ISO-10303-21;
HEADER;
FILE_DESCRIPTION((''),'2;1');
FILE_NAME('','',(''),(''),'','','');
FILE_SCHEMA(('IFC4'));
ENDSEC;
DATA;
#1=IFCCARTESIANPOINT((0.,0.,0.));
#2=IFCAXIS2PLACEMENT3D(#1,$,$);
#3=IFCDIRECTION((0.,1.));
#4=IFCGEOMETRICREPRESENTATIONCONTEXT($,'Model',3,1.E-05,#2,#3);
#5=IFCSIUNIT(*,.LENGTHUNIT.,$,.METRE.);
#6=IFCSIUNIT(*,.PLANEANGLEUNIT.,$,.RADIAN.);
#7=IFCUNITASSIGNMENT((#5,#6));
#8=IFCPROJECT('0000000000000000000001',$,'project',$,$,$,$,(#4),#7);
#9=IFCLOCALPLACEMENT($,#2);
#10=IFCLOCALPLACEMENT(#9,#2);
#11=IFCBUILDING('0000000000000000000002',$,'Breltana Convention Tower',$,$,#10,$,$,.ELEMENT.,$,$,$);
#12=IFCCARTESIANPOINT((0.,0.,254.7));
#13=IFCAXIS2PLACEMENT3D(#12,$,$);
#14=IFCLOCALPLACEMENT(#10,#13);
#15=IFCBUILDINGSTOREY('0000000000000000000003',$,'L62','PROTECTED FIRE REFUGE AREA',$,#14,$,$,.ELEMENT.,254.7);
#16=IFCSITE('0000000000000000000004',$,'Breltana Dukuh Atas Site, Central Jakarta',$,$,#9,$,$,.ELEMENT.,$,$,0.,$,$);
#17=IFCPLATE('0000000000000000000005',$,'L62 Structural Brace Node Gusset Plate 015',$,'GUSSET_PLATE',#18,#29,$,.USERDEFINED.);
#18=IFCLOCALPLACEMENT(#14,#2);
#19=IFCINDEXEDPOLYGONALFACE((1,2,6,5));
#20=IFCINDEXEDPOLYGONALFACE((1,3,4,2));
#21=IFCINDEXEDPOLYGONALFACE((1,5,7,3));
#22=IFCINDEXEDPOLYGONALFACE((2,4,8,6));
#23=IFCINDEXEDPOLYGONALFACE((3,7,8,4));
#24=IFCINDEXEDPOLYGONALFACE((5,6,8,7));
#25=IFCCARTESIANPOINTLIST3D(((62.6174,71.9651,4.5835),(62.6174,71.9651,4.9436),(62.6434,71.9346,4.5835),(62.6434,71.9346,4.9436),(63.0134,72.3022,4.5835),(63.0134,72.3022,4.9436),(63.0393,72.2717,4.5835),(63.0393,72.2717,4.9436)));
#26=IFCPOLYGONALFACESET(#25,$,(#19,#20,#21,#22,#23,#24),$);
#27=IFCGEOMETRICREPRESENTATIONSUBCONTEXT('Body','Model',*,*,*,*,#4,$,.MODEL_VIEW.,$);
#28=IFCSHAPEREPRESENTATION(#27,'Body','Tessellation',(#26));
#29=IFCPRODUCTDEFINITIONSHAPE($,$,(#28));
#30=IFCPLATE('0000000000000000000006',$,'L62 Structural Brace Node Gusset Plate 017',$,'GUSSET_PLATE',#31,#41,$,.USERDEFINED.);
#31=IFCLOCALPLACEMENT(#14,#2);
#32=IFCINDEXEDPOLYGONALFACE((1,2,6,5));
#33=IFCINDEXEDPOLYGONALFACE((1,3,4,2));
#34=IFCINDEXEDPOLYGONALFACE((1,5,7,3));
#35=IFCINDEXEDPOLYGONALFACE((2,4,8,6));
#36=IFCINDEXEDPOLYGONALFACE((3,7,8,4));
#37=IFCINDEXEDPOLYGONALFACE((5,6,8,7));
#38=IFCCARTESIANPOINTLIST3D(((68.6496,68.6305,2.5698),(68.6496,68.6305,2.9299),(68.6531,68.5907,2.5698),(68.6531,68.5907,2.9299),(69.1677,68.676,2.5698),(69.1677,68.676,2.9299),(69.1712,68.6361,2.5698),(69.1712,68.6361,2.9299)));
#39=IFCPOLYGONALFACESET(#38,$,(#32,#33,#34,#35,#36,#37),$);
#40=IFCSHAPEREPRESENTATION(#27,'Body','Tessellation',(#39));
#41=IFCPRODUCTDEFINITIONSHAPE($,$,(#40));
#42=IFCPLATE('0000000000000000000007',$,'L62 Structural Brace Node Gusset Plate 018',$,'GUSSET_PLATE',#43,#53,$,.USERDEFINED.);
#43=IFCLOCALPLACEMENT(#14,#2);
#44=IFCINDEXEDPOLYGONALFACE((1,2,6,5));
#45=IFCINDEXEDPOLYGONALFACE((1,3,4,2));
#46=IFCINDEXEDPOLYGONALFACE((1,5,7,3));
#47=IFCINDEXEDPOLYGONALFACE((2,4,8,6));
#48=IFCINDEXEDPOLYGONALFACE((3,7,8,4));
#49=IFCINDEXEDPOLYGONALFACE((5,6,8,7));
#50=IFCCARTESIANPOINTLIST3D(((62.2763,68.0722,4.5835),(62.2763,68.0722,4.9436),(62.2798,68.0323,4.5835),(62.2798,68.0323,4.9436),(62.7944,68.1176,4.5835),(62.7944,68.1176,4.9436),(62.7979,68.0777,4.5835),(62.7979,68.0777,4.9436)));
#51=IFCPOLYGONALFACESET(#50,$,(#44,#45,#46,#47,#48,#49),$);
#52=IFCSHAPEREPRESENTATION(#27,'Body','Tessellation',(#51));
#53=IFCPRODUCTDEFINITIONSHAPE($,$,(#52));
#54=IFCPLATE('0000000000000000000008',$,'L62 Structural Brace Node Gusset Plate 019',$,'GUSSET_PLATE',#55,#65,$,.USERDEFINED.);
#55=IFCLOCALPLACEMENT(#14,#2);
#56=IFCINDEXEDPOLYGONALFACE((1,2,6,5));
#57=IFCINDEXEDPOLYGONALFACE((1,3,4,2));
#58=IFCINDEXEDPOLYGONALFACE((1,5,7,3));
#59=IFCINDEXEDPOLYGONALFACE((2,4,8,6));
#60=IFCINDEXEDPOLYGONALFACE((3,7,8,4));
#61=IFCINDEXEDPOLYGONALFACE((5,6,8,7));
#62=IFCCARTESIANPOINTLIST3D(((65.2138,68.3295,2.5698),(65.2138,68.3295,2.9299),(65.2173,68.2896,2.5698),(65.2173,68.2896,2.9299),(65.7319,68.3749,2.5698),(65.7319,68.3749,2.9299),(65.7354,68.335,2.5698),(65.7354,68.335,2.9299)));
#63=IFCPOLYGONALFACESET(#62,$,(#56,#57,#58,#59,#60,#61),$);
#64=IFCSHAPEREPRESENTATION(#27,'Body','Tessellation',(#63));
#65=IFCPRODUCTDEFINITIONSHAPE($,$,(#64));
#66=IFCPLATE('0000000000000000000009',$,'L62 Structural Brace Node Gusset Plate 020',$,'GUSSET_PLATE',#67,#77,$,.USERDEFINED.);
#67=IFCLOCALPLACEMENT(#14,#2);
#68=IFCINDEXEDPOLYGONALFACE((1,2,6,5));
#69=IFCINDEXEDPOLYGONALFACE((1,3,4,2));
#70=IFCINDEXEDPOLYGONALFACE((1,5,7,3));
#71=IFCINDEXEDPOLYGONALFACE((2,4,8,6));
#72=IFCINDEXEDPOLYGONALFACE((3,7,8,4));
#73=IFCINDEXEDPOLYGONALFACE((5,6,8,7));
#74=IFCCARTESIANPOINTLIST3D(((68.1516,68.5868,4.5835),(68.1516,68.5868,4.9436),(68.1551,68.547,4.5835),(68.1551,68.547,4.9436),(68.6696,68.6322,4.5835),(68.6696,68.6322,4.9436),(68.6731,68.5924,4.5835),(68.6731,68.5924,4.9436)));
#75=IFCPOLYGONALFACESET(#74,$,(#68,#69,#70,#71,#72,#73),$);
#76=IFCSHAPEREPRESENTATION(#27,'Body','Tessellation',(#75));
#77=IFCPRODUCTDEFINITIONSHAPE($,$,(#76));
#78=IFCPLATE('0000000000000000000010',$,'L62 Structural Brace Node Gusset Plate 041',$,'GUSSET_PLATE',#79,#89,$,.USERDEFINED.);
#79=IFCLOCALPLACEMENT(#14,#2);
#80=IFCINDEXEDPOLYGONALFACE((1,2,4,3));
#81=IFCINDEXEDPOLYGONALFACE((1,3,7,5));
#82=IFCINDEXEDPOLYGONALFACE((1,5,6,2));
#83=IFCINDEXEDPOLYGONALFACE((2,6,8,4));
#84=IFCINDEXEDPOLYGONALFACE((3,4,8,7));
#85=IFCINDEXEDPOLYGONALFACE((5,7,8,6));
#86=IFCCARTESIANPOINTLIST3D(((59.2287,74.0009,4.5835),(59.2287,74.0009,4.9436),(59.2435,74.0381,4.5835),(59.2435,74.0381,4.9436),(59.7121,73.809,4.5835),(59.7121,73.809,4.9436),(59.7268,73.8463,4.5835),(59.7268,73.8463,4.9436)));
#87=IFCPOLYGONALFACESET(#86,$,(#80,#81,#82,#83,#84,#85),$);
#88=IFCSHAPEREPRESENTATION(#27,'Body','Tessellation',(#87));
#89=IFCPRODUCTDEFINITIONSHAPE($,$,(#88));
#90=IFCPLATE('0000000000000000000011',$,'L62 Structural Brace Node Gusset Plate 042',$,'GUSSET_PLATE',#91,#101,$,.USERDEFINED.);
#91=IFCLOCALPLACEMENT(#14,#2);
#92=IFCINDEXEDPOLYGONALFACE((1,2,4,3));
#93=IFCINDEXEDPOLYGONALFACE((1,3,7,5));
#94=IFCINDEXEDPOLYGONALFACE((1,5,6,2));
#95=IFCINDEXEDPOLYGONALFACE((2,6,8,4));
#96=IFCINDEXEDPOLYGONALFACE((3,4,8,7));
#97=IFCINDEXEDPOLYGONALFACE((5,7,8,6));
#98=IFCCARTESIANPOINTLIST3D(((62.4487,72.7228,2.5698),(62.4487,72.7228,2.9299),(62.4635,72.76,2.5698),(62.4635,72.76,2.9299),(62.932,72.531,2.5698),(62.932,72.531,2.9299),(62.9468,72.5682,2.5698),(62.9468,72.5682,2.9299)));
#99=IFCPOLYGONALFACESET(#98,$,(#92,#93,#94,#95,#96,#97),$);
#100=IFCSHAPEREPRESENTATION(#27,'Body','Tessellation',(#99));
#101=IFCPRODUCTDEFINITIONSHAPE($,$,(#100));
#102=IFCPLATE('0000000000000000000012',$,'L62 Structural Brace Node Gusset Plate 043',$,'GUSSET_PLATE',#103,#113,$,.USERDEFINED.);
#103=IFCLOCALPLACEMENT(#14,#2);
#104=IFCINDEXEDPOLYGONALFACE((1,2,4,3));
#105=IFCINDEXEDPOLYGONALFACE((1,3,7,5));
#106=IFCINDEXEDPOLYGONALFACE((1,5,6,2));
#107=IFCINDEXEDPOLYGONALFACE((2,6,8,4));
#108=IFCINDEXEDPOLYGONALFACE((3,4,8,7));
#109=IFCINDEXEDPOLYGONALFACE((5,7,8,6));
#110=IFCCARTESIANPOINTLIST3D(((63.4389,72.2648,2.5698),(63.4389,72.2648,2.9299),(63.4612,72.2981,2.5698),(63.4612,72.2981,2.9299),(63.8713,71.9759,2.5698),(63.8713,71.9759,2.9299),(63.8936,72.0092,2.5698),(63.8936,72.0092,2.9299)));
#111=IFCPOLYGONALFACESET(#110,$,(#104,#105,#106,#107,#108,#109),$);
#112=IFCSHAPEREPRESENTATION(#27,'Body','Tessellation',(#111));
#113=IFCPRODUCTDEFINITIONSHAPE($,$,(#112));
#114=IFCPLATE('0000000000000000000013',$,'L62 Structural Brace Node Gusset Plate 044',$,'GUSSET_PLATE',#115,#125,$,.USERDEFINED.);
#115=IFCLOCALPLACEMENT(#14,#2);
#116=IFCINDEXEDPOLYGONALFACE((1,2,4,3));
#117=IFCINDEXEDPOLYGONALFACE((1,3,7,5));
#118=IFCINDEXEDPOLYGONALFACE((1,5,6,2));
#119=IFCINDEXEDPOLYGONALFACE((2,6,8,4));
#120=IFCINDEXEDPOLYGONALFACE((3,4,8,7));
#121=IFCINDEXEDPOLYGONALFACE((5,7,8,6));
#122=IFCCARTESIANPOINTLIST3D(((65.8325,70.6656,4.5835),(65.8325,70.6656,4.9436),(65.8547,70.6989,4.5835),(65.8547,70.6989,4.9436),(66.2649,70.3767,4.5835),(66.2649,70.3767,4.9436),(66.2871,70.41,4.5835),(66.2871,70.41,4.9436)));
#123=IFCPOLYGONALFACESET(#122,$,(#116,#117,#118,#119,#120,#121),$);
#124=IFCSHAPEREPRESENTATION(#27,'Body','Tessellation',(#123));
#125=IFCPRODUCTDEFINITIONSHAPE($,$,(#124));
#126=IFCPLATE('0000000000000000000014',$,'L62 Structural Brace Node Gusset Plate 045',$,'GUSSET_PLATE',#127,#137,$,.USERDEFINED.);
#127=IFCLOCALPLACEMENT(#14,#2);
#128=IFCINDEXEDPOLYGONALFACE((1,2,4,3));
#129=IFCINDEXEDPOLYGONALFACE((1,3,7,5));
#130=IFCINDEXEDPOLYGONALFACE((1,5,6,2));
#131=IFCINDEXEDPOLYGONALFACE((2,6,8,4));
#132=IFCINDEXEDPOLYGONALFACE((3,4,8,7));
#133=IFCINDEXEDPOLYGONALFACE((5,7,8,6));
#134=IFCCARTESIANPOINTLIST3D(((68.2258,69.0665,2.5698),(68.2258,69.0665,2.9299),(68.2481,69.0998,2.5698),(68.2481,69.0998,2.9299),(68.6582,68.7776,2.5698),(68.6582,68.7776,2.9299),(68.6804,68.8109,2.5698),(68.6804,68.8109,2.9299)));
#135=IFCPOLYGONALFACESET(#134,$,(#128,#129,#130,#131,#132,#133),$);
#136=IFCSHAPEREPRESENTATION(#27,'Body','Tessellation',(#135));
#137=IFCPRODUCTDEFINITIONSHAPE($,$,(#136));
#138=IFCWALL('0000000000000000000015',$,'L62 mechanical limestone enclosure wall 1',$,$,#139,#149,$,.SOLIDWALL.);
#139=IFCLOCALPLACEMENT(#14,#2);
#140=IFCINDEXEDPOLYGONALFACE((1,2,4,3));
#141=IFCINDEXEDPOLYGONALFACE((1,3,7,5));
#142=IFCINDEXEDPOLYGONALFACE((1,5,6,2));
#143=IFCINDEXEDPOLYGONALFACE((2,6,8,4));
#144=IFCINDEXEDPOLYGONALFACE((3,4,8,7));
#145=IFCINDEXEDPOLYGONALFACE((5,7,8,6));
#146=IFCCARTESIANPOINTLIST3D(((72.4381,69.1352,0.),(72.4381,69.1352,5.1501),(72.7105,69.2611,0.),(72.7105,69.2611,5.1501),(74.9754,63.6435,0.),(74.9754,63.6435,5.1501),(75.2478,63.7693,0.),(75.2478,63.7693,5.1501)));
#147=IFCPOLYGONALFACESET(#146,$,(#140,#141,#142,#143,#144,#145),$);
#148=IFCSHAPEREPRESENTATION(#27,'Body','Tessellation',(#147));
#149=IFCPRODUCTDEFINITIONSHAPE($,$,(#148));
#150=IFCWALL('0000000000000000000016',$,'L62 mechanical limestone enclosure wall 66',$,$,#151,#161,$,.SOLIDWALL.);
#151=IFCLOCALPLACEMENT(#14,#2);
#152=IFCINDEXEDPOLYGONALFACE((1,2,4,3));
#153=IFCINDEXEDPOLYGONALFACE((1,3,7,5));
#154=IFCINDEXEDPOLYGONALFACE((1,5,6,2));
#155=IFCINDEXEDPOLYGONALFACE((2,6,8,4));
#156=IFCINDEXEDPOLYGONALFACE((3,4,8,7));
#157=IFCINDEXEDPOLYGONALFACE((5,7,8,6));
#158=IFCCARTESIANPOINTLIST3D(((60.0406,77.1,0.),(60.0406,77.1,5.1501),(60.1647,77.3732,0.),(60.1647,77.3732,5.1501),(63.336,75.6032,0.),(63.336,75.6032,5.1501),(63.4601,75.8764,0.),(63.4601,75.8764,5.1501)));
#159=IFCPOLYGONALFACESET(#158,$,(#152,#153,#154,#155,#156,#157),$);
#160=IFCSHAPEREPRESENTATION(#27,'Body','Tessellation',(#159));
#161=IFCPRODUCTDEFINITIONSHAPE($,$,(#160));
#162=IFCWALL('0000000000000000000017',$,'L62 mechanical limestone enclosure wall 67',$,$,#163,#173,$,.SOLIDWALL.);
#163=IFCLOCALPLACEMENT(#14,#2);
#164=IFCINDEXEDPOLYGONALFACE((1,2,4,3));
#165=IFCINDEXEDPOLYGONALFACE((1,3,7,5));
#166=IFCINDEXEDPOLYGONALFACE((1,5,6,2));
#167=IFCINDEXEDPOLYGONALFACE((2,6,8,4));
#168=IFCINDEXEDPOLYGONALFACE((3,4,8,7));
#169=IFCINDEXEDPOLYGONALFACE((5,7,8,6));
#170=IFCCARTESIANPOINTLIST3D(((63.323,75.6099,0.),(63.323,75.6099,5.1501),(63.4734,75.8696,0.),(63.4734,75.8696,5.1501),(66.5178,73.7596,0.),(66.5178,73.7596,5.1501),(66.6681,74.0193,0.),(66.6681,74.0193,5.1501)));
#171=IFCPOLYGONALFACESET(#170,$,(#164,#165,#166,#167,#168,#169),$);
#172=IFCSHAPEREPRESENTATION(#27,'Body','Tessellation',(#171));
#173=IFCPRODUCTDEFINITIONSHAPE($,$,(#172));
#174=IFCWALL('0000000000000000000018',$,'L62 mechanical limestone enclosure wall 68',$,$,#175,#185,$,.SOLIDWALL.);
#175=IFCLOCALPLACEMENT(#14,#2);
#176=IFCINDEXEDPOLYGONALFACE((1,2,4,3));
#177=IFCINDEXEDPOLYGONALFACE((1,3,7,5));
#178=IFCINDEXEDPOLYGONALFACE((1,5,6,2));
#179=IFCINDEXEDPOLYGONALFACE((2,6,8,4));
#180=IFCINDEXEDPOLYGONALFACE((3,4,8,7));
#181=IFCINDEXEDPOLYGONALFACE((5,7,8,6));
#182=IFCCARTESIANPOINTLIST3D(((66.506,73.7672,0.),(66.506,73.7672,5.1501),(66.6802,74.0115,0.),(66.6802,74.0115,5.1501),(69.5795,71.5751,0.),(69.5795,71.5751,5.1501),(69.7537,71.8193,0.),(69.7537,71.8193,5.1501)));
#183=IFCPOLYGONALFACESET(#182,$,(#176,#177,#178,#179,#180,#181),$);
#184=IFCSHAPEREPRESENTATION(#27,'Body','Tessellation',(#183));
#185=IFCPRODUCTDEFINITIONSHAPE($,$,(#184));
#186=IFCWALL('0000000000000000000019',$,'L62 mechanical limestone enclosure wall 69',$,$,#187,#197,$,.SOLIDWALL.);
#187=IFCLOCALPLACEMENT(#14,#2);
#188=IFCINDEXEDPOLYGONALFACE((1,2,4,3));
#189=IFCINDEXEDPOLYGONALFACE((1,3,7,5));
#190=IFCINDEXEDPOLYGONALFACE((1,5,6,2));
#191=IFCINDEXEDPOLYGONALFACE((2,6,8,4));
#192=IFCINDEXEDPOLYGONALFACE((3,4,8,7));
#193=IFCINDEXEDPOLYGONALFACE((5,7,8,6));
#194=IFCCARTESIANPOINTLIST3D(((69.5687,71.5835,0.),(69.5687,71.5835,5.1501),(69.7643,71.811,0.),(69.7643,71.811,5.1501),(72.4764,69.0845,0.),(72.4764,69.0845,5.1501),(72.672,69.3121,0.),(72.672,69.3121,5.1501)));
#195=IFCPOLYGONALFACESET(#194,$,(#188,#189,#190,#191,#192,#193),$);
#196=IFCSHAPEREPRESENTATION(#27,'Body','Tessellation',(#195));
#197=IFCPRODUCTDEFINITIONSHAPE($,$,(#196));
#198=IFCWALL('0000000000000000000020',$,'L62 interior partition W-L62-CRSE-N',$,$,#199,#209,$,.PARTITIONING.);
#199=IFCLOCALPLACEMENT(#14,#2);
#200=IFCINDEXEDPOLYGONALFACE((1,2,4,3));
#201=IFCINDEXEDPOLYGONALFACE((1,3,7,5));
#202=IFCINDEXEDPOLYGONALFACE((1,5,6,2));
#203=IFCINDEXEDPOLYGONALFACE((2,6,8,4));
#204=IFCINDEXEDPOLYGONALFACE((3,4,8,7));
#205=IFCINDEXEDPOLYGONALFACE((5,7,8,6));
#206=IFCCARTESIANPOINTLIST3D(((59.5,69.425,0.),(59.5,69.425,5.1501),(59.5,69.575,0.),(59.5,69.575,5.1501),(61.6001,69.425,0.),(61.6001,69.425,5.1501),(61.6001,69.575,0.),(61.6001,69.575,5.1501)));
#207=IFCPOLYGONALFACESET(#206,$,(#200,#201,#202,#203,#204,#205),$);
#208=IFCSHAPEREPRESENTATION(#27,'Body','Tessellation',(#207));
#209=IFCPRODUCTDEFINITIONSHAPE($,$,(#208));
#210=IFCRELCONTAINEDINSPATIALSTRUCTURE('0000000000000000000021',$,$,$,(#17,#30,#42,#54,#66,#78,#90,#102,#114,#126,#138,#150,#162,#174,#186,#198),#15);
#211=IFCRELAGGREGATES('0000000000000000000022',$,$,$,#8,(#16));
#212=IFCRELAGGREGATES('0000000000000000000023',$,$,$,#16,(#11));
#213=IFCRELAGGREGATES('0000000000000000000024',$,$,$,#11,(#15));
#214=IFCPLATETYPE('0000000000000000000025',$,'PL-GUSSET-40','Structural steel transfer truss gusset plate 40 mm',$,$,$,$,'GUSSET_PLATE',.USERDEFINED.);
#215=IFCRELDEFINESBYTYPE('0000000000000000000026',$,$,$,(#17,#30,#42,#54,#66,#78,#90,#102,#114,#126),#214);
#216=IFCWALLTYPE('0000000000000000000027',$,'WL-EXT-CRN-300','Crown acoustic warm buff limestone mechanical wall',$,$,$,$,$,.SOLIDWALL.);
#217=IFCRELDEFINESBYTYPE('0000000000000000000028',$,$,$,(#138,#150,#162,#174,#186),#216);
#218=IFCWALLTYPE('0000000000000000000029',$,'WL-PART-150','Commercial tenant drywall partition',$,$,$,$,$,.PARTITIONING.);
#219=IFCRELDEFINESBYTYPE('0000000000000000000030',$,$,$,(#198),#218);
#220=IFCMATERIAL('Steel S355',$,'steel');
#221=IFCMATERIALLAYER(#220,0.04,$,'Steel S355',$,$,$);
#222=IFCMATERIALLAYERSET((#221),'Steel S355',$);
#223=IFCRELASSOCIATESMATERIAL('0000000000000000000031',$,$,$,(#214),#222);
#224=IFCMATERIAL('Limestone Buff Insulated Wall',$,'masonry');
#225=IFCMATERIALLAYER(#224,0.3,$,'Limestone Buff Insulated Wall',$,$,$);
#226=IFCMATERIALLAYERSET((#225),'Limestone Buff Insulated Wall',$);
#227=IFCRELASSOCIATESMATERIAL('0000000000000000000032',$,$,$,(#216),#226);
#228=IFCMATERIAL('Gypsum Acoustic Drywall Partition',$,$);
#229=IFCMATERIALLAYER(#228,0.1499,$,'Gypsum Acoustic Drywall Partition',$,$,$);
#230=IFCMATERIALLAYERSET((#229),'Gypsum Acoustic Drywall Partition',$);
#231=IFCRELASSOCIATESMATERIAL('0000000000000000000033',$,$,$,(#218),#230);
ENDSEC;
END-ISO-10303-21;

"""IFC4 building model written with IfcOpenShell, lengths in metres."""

from ifc_helpers import new_model, si_unit, direction, frame, frame_2d, origin, origin_2d, place, context, subcontext, project, spatial, rectangle, extrude, source, transform, mapped, material, layer, layer_set, type_object, element, save


model = new_model("IFC4")

# Units and contexts
model_context = context("Model", 3, precision=1e-05, world=origin(), true_north=direction((0.0, 1.0)))
body_context = subcontext(model_context, "Body", "Model", "MODEL_VIEW")
ifc_project = project(units=[si_unit("LENGTHUNIT", "METRE"), si_unit("PLANEANGLEUNIT", "RADIAN")], contexts=[model_context])

# Site, building, storey
site_placement = place(None, origin())
site = spatial("IfcSite", under=ifc_project, at=site_placement, Name="Breltana Dukuh Atas Site, Central Jakarta", CompositionType="ELEMENT", RefElevation=0.0)
building_placement = place(site_placement, origin())
building = spatial("IfcBuilding", under=site, at=building_placement, Name="Breltana Convention Tower", CompositionType="ELEMENT")
storey_placement = place(building_placement, frame((0.0, 0.0, 254.7)))
storey = spatial("IfcBuildingStorey", under=building, at=storey_placement, Name="L62", Description="PROTECTED FIRE REFUGE AREA", CompositionType="ELEMENT", Elevation=254.7)

# Plates
ifc_material_1 = material(Name="Steel S355", Category="steel")
ifc_layer_1 = layer(ifc_material_1, 0.04, Name="Steel S355")
ifc_layer_set_1 = layer_set([ifc_layer_1], Name="Steel S355")
plate_type = type_object("IfcPlateType", Name="PL-GUSSET-40", Description="Structural steel transfer truss gusset plate 40 mm", ElementType="GUSSET_PLATE", PredefinedType="USERDEFINED", material=ifc_layer_set_1)
shared_shape_1 = source(origin(), body_context, "Body", "SweptSolid", [
    extrude(rectangle(XDim=0.52, YDim=0.04, at=origin_2d()), origin(), (0.0, 0.0, 1.0), 0.3601),
])
for number, where, z_axis, x_axis, name in (
    (1, (62.8284, 72.1184, 4.5835), (0.0, 0.0, 1.0), (0.761425, 0.648253, 0.0), "L62 Structural Brace Node Gusset Plate 015"),
    (2, (68.9104, 68.6333, 2.5698), (0.0, 0.0, 1.0), (0.996179, 0.08733, 0.0), "L62 Structural Brace Node Gusset Plate 017"),
    (3, (62.5371, 68.075, 4.5835), (0.0, 0.0, 1.0), (0.996179, 0.08733, 0.0), "L62 Structural Brace Node Gusset Plate 018"),
    (4, (65.4746, 68.3323, 2.5698), (0.0, 0.0, 1.0), (0.996179, 0.08733, 0.0), "L62 Structural Brace Node Gusset Plate 019"),
    (5, (68.4124, 68.5896, 4.5835), (0.0, 0.0, 1.0), (0.996179, 0.08733, 0.0), "L62 Structural Brace Node Gusset Plate 020"),
    (6, (59.4778, 73.9236, 4.5835), (0.0, 0.0, 1.0), (0.929455, -0.368936, 0.0), "L62 Structural Brace Node Gusset Plate 041"),
    (7, (62.6978, 72.6455, 2.5698), (0.0, 0.0, 1.0), (0.929455, -0.368936, 0.0), "L62 Structural Brace Node Gusset Plate 042"),
    (8, (63.6663, 72.137, 2.5698), (0.0, 0.0, 1.0), (0.83147, -0.55557, 0.0), "L62 Structural Brace Node Gusset Plate 043"),
    (9, (66.0598, 70.5378, 4.5835), (0.0, 0.0, 1.0), (0.83147, -0.55557, 0.0), "L62 Structural Brace Node Gusset Plate 044"),
    (10, (68.4531, 68.9387, 2.5698), (0.0, 0.0, 1.0), (0.83147, -0.55557, 0.0), "L62 Structural Brace Node Gusset Plate 045"),
):
    element("IfcPlate", number, at=place(storey_placement, frame(where, z_axis=z_axis, x_axis=x_axis)), inside=storey, type_object=plate_type, Name=name, ObjectType="GUSSET_PLATE", PredefinedType="USERDEFINED", context=body_context, shape_type="MappedRepresentation", body=[
        mapped(shared_shape_1, transform((0.0, 0.0, 0.0), scale=1.0)),
    ])

# Walls
ifc_material_2 = material(Name="Limestone Buff Insulated Wall", Category="masonry")
ifc_layer_2 = layer(ifc_material_2, 0.3, Name="Limestone Buff Insulated Wall")
ifc_layer_set_2 = layer_set([ifc_layer_2], Name="Limestone Buff Insulated Wall")
wall_type_1 = type_object("IfcWallType", Name="WL-EXT-CRN-300", Description="Crown acoustic warm buff limestone mechanical wall", PredefinedType="SOLIDWALL", material=ifc_layer_set_2)
shared_shape_2 = source(origin(), body_context, "Body", "SweptSolid", [
    extrude(rectangle(XDim=6.0496, YDim=0.3, at=frame_2d((3.0249, 0.0))), origin(), (0.0, 0.0, 1.0), 5.1501),
])
wall_1_placement = place(storey_placement, frame((72.5742, 69.1982, 0.0), z_axis=(0.0, 0.0, 1.0), x_axis=(0.419429, -0.907788, 0.0)))
element("IfcWall", 11, at=wall_1_placement, inside=storey, type_object=wall_type_1, Name="L62 mechanical limestone enclosure wall 1", PredefinedType="SOLIDWALL", context=body_context, shape_type="MappedRepresentation", body=[
    mapped(shared_shape_2, transform((0.0, 0.0, 0.0), scale=1.0)),
])
shared_shape_3 = source(origin(), body_context, "Body", "SweptSolid", [
    extrude(rectangle(XDim=3.6194, YDim=0.3, at=frame_2d((1.8096, 0.0))), origin(), (0.0, 0.0, 1.0), 5.1501),
])
wall_2_placement = place(storey_placement, frame((60.1028, 77.2366, 0.0), z_axis=(0.0, 0.0, 1.0), x_axis=(0.91048, -0.413554, 0.0)))
element("IfcWall", 12, at=wall_2_placement, inside=storey, type_object=wall_type_1, Name="L62 mechanical limestone enclosure wall 66", PredefinedType="SOLIDWALL", context=body_context, shape_type="MappedRepresentation", body=[
    mapped(shared_shape_3, transform((0.0, 0.0, 0.0), scale=1.0)),
])
shared_shape_4 = source(origin(), body_context, "Body", "SweptSolid", [
    extrude(rectangle(XDim=3.6919, YDim=0.3, at=frame_2d((1.8459, 0.0))), origin(), (0.0, 0.0, 1.0), 5.1501),
])
wall_3_placement = place(storey_placement, frame((63.3982, 75.7397, 0.0), z_axis=(0.0, 0.0, 1.0), x_axis=(0.865343, -0.50118, 0.0)))
element("IfcWall", 13, at=wall_3_placement, inside=storey, type_object=wall_type_1, Name="L62 mechanical limestone enclosure wall 67", PredefinedType="SOLIDWALL", context=body_context, shape_type="MappedRepresentation", body=[
    mapped(shared_shape_4, transform((0.0, 0.0, 0.0), scale=1.0)),
])
shared_shape_5 = source(origin(), body_context, "Body", "SweptSolid", [
    extrude(rectangle(XDim=3.7751, YDim=0.3, at=frame_2d((1.8877, 0.0))), origin(), (0.0, 0.0, 1.0), 5.1501),
])
wall_4_placement = place(storey_placement, frame((66.593, 73.8894, 0.0), z_axis=(0.0, 0.0, 1.0), x_axis=(0.814135, -0.580675, 0.0)))
element("IfcWall", 14, at=wall_4_placement, inside=storey, type_object=wall_type_1, Name="L62 mechanical limestone enclosure wall 68", PredefinedType="SOLIDWALL", context=body_context, shape_type="MappedRepresentation", body=[
    mapped(shared_shape_5, transform((0.0, 0.0, 0.0), scale=1.0)),
])
shared_shape_6 = source(origin(), body_context, "Body", "SweptSolid", [
    extrude(rectangle(XDim=3.834, YDim=0.3, at=frame_2d((1.917, 0.0))), origin(), (0.0, 0.0, 1.0), 5.1501),
])
wall_5_placement = place(storey_placement, frame((69.6665, 71.6973, 0.0), z_axis=(0.0, 0.0, 1.0), x_axis=(0.758393, -0.651798, 0.0)))
element("IfcWall", 15, at=wall_5_placement, inside=storey, type_object=wall_type_1, Name="L62 mechanical limestone enclosure wall 69", PredefinedType="SOLIDWALL", context=body_context, shape_type="MappedRepresentation", body=[
    mapped(shared_shape_6, transform((0.0, 0.0, 0.0), scale=1.0)),
])
ifc_material_3 = material(Name="Gypsum Acoustic Drywall Partition")
ifc_layer_3 = layer(ifc_material_3, 0.1499, Name="Gypsum Acoustic Drywall Partition")
ifc_layer_set_3 = layer_set([ifc_layer_3], Name="Gypsum Acoustic Drywall Partition")
wall_type_2 = type_object("IfcWallType", Name="WL-PART-150", Description="Commercial tenant drywall partition", PredefinedType="PARTITIONING", material=ifc_layer_set_3)
shared_shape_7 = source(origin(), body_context, "Body", "SweptSolid", [
    extrude(rectangle(XDim=2.1001, YDim=0.1499, at=frame_2d((1.05, 0.0))), origin(), (0.0, 0.0, 1.0), 5.1501),
])
wall_6_placement = place(storey_placement, frame((59.5, 69.5, 0.0), z_axis=(0.0, 0.0, 1.0), x_axis=(1.0, 0.0, 0.0)))
element("IfcWall", 16, at=wall_6_placement, inside=storey, type_object=wall_type_2, Name="L62 interior partition W-L62-CRSE-N", PredefinedType="PARTITIONING", context=body_context, shape_type="MappedRepresentation", body=[
    mapped(shared_shape_7, transform((0.0, 0.0, 0.0), scale=1.0)),
])

save(model, "model.ifc")
